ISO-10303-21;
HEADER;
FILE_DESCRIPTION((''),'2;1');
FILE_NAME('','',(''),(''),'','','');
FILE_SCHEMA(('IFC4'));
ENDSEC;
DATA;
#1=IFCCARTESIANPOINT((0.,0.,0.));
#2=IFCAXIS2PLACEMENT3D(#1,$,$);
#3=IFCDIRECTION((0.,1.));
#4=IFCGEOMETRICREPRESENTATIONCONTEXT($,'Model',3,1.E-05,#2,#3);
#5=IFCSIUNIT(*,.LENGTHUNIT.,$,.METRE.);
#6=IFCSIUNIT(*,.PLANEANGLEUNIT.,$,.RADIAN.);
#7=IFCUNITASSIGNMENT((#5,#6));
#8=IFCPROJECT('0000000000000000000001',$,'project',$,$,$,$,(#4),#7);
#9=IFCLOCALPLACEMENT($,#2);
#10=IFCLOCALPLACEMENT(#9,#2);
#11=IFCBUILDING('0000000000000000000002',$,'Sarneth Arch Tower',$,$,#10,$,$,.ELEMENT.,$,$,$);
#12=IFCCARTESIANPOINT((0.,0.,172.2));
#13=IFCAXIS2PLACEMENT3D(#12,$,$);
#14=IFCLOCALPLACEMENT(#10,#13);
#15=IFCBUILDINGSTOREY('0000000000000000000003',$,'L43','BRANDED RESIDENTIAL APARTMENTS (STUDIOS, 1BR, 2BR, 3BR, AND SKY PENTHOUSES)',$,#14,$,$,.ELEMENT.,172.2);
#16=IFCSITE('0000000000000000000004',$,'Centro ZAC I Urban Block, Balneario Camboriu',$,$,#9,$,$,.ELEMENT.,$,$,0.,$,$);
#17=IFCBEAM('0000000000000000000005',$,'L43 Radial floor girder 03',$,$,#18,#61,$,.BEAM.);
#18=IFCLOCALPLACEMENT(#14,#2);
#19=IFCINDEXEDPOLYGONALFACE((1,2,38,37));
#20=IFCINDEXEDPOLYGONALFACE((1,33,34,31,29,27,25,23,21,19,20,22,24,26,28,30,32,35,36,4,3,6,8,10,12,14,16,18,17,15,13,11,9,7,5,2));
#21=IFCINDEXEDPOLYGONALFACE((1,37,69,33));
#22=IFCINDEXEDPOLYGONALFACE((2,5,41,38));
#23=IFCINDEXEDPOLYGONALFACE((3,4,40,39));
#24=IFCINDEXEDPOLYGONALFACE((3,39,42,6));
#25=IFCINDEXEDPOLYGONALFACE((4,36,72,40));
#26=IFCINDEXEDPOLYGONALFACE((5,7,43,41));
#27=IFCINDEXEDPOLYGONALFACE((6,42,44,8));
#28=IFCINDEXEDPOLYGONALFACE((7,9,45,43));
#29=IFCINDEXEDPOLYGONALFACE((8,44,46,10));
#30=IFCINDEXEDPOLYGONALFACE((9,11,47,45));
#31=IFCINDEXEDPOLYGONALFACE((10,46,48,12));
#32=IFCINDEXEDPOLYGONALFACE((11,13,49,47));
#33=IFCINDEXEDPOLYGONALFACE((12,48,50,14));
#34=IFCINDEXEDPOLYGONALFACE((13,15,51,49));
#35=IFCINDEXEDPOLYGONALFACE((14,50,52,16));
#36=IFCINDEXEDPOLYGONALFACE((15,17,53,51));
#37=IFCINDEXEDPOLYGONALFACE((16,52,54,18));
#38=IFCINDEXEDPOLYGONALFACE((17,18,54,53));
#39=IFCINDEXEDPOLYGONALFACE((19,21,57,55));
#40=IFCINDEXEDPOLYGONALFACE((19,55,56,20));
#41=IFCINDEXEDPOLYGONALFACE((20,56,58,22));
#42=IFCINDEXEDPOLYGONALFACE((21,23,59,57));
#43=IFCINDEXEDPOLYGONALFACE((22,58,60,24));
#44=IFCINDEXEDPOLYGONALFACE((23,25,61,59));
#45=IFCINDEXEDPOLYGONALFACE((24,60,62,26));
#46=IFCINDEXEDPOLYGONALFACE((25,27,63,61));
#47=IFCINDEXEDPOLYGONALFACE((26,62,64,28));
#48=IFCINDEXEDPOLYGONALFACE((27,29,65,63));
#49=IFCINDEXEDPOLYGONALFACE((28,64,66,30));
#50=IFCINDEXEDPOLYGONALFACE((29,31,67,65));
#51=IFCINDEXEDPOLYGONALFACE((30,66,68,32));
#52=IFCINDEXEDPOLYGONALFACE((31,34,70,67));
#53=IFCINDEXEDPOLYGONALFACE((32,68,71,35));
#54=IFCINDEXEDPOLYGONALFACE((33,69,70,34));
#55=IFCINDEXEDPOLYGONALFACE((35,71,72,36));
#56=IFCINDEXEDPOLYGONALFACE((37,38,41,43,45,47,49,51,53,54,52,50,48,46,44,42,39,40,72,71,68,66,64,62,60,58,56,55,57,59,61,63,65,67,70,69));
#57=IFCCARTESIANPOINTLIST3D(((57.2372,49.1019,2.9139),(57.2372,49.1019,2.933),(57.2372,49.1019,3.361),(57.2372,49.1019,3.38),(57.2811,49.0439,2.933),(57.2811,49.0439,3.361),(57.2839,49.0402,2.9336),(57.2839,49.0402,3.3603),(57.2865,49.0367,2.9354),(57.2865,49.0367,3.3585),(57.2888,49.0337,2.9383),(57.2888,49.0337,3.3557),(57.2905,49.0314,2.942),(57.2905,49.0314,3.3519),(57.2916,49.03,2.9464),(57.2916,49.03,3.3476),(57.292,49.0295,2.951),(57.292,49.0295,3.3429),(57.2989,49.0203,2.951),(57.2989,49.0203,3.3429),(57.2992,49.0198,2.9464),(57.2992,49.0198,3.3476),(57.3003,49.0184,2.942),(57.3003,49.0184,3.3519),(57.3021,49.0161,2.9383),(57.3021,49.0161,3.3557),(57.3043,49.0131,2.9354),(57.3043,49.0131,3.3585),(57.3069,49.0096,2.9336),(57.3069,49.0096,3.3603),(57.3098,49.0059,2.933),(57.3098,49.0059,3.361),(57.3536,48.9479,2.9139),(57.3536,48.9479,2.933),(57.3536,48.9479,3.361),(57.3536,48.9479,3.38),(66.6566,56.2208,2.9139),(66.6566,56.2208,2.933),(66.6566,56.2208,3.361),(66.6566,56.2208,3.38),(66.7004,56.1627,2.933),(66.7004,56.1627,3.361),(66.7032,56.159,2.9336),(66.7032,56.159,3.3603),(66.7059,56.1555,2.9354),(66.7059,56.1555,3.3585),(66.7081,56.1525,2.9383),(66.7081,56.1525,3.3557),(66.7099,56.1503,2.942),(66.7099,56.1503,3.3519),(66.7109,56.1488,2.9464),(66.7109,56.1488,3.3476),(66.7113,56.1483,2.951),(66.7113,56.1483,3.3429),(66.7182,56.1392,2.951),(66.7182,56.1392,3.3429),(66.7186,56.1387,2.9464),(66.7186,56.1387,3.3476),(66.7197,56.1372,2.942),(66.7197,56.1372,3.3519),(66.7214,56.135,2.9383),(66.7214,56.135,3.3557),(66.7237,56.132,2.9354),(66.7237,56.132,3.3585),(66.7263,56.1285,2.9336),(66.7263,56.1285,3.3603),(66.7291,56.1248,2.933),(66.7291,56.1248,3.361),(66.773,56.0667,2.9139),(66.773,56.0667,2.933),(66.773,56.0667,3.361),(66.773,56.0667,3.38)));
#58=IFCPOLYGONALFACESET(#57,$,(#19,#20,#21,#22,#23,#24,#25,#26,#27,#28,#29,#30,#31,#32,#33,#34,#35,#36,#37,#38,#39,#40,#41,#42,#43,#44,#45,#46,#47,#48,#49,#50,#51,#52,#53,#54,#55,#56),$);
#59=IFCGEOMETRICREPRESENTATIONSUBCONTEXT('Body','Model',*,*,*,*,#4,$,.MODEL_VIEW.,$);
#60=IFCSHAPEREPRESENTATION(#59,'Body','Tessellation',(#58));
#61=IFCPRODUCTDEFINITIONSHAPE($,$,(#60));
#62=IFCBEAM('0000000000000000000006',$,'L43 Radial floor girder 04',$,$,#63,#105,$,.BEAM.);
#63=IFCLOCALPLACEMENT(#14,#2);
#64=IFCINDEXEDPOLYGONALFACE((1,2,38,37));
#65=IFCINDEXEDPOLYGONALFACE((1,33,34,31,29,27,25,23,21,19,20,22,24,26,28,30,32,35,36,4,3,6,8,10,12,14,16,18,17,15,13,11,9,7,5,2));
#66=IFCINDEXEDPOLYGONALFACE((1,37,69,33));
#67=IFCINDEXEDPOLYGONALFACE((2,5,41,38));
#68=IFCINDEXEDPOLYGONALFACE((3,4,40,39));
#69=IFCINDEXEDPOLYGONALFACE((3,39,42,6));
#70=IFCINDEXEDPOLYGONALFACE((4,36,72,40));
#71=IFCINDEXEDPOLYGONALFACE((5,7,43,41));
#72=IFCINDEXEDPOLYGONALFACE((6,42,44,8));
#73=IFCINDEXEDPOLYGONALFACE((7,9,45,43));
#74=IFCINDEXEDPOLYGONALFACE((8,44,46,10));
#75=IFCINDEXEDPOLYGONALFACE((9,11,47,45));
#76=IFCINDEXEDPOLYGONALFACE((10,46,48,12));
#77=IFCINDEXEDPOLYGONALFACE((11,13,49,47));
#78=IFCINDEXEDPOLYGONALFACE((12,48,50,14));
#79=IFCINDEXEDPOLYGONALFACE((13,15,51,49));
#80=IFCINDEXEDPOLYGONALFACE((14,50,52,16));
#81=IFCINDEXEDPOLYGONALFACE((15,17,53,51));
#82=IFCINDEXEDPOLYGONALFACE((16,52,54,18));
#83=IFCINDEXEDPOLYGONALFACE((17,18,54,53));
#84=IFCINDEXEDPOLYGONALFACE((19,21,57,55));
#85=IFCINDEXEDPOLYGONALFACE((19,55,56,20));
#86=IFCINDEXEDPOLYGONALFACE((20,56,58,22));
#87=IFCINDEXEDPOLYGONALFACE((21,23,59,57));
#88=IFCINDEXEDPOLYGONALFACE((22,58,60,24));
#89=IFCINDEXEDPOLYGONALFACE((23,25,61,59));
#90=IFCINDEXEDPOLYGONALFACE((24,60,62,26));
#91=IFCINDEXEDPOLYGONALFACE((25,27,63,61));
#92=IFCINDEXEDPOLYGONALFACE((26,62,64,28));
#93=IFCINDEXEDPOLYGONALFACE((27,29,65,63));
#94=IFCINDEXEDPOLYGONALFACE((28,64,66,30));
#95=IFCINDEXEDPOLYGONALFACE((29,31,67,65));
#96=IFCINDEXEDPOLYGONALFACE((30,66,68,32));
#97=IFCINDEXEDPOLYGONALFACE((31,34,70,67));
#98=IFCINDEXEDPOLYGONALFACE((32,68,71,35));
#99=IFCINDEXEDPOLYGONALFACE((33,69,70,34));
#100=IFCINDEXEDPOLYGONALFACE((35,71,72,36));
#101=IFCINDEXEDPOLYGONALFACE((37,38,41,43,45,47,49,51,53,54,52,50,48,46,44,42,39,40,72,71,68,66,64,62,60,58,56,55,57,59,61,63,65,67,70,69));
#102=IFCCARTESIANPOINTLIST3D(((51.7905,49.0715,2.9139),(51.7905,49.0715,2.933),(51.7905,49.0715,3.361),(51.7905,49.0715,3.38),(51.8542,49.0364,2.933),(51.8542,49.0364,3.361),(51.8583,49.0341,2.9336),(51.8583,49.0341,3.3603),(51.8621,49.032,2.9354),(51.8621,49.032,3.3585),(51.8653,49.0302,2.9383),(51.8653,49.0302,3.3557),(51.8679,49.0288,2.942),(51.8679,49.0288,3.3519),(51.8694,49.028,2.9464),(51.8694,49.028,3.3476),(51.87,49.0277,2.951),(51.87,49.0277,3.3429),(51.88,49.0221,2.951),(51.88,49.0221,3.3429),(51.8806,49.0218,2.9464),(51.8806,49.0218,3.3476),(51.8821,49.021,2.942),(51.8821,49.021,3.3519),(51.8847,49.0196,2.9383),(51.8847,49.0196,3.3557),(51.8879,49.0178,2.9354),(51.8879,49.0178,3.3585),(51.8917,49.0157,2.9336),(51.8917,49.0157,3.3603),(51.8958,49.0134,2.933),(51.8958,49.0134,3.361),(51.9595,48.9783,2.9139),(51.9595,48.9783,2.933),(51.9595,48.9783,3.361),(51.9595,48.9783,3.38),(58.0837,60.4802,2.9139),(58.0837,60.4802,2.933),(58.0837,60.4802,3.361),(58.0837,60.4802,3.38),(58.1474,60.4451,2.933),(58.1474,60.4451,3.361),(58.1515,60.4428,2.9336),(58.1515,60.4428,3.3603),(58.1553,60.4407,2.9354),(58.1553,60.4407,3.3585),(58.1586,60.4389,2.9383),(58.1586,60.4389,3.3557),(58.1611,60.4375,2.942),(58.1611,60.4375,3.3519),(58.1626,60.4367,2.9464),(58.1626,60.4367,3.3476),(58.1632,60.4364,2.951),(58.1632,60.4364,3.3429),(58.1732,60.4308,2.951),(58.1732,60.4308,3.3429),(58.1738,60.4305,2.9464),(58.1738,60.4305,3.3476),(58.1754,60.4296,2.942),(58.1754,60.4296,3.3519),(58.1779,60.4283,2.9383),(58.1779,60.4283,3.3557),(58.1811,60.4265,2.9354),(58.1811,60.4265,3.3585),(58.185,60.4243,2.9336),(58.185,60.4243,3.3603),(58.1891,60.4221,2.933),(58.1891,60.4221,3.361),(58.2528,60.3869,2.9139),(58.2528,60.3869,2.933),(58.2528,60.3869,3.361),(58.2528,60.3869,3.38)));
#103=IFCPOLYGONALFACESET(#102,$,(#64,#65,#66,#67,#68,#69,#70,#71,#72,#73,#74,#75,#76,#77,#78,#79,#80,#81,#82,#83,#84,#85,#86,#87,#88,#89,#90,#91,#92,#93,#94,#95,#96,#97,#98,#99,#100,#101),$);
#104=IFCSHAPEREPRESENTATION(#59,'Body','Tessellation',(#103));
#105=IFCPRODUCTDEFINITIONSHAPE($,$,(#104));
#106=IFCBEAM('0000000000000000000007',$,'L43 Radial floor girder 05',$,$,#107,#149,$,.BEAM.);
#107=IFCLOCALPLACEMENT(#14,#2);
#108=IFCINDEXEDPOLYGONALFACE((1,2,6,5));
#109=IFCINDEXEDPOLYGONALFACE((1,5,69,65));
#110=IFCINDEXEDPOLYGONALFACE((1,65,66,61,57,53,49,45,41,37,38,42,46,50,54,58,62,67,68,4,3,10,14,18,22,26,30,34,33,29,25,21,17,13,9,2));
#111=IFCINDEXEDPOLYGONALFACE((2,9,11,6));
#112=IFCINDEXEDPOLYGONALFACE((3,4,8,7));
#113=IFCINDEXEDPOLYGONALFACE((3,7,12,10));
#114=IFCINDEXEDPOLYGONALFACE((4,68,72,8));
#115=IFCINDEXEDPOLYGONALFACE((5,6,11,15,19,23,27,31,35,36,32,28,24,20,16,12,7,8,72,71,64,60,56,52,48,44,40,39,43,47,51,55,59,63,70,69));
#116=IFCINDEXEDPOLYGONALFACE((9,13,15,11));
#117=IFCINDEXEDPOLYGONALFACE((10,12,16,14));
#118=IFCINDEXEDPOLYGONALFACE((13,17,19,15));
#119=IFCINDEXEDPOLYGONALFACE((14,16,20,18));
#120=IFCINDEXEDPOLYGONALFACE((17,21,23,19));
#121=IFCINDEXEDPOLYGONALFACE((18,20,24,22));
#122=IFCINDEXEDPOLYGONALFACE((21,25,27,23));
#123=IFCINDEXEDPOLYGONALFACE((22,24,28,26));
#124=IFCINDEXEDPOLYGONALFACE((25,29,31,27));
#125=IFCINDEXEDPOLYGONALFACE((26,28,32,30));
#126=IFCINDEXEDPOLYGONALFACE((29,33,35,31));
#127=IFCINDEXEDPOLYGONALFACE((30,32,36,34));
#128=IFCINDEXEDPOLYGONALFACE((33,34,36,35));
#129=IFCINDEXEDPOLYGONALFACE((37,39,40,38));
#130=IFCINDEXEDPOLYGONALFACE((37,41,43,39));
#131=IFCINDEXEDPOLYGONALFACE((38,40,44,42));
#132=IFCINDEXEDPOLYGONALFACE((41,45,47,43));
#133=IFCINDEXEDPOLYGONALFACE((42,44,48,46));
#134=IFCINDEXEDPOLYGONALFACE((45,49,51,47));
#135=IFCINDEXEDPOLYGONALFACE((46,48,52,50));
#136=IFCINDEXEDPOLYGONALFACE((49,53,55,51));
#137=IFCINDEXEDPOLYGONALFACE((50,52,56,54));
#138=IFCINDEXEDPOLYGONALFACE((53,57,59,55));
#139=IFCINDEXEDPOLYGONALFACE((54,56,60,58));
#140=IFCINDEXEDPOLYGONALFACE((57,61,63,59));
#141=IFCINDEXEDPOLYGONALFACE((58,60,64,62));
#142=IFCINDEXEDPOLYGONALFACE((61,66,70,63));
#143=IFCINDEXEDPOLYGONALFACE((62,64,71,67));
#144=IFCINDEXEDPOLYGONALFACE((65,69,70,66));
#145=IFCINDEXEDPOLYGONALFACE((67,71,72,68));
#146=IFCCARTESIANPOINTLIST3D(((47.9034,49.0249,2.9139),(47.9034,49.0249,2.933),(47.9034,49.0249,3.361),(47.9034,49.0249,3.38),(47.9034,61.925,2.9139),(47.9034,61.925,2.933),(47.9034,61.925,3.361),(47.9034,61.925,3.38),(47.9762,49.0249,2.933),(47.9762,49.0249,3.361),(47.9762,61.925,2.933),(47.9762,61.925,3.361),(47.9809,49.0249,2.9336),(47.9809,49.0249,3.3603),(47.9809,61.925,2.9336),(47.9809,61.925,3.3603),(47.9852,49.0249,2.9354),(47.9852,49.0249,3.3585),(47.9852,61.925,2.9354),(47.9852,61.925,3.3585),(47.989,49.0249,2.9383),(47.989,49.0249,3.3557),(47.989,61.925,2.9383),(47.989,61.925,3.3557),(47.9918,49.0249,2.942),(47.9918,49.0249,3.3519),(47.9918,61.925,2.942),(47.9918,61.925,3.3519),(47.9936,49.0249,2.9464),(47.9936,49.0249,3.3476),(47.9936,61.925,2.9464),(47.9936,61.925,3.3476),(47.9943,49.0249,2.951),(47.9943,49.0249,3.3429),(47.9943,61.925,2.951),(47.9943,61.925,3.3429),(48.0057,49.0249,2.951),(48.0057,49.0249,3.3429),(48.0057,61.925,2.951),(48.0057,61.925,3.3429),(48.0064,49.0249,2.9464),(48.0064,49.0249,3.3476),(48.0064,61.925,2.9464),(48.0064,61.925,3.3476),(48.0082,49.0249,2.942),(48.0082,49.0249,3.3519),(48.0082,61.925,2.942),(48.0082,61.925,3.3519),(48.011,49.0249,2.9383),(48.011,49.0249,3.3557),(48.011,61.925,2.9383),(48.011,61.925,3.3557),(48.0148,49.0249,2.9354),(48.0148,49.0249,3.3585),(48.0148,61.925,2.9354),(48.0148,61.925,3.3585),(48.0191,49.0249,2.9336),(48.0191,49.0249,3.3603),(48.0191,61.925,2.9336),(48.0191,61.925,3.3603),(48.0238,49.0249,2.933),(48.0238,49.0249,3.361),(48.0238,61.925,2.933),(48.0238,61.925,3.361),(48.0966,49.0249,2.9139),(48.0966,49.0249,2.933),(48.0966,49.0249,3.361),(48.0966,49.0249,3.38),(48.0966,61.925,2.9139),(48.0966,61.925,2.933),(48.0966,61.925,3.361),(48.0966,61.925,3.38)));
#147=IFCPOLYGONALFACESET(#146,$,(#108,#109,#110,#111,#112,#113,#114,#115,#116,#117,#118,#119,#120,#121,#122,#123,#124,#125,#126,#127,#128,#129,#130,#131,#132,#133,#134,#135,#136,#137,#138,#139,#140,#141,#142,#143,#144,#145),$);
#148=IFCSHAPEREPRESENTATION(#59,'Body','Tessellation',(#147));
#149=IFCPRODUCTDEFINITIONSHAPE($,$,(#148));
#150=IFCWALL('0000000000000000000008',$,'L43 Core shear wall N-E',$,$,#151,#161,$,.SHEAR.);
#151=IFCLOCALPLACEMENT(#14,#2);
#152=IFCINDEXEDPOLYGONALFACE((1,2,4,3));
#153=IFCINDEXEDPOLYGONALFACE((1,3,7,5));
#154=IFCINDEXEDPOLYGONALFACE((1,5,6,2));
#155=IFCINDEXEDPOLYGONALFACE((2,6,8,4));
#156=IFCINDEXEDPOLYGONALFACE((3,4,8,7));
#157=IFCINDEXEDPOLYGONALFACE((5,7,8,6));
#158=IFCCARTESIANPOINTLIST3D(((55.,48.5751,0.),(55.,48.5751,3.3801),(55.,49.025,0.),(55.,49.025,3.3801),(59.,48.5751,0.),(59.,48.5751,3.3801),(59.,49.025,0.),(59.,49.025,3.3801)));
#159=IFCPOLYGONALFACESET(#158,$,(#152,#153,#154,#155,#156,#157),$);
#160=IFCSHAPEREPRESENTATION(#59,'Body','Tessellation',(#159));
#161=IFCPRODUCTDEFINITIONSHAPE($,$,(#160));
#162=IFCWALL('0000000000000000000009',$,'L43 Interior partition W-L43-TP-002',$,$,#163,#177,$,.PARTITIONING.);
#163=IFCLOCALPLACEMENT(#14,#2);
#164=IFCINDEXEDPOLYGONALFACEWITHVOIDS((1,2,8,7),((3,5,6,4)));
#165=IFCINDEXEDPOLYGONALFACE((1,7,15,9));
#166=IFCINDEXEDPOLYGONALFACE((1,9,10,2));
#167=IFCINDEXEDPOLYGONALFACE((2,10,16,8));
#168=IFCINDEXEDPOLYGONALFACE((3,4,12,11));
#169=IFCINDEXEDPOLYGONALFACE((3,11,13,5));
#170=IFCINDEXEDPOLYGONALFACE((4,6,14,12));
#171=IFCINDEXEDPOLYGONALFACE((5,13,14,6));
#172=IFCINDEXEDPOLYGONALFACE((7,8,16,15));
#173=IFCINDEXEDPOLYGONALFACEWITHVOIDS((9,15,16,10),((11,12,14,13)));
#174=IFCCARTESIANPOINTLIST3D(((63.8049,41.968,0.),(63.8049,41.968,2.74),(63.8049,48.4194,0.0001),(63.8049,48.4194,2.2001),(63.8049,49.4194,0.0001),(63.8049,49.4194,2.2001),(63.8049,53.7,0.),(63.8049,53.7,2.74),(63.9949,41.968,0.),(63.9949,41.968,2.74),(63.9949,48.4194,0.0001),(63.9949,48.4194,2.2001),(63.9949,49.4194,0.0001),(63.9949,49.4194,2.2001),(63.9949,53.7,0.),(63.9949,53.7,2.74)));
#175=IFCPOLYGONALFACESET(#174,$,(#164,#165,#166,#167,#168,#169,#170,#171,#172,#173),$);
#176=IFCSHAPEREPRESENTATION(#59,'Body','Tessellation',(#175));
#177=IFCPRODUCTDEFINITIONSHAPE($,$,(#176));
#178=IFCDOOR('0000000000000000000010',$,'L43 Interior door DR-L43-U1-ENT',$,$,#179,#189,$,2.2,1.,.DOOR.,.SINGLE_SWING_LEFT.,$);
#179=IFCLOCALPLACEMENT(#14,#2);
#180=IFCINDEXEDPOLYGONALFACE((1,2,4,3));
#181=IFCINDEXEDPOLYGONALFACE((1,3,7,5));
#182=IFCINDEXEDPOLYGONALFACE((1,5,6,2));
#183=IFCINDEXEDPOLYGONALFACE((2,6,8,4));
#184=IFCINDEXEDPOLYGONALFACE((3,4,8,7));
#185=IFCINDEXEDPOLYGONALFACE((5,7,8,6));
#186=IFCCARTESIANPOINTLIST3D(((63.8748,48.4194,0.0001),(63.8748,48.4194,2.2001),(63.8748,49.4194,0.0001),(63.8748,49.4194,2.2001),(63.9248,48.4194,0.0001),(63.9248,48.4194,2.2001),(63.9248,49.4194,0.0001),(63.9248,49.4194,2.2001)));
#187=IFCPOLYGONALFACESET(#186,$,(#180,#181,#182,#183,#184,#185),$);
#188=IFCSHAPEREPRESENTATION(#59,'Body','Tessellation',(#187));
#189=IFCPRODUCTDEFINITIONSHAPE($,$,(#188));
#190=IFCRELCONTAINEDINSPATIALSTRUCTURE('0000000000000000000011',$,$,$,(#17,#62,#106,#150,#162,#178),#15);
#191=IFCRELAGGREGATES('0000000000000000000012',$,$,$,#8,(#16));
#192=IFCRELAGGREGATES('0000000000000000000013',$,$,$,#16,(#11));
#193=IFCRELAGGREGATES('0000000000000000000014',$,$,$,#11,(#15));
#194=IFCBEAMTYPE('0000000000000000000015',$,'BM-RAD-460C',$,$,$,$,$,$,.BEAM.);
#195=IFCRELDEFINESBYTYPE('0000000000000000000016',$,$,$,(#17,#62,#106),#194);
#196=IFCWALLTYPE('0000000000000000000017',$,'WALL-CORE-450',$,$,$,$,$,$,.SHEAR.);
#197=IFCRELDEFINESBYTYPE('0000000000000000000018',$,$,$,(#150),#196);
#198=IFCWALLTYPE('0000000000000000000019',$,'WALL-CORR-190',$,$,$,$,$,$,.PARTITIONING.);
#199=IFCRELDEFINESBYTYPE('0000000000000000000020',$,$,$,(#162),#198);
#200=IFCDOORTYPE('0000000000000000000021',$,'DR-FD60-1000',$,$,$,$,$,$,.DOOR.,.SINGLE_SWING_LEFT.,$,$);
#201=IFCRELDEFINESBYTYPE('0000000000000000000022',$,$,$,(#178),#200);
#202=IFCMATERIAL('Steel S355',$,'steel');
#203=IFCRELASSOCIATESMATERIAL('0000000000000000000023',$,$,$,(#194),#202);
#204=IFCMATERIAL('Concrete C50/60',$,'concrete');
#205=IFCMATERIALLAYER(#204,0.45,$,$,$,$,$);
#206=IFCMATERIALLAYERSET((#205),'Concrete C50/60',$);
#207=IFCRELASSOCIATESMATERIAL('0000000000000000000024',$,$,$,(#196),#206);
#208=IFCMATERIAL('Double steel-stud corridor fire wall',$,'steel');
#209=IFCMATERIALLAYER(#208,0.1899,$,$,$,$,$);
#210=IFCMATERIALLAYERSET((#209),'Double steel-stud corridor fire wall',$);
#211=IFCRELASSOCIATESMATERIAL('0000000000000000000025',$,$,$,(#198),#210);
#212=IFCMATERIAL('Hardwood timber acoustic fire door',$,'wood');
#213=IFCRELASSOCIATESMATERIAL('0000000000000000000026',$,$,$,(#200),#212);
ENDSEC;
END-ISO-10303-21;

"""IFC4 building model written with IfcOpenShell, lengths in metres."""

from ifc_helpers import new_model, si_unit, direction, frame, frame_2d, origin, origin_2d, place, context, subcontext, project, spatial, rectangle, i_section, extrude, material, layer, layer_set, material_profile, profile_set, type_object, element, fill, save


model = new_model("IFC4")

# Units and contexts
model_context = context("Model", 3, precision=1e-05, world=origin(), true_north=direction((0.0, 1.0)))
body_context = subcontext(model_context, "Body", "Model", "MODEL_VIEW")
ifc_project = project(units=[si_unit("LENGTHUNIT", "METRE"), si_unit("PLANEANGLEUNIT", "RADIAN")], contexts=[model_context])

# Site, building, storey
site_placement = place(None, origin())
site = spatial("IfcSite", under=ifc_project, at=site_placement, Name="Centro ZAC I Urban Block, Balneario Camboriu", CompositionType="ELEMENT", RefElevation=0.0)
building_placement = place(site_placement, origin())
building = spatial("IfcBuilding", under=site, at=building_placement, Name="Sarneth Arch Tower", CompositionType="ELEMENT")
storey_placement = place(building_placement, frame((0.0, 0.0, 172.2)))
storey = spatial("IfcBuildingStorey", under=building, at=storey_placement, Name="L43", Description="BRANDED RESIDENTIAL APARTMENTS (STUDIOS, 1BR, 2BR, 3BR, AND SKY PENTHOUSES)", CompositionType="ELEMENT", Elevation=172.2)

# Beams
ifc_material_1 = material(Name="Steel S355", Category="steel")
ifc_material_profile_1 = material_profile(ifc_material_1, i_section(OverallWidth=0.1931, OverallDepth=0.4661, WebThickness=0.0115, FlangeThickness=0.019, FilletRadius=0.0181, at=origin_2d()), Name="W460x97")
ifc_profile_set_1 = profile_set([ifc_material_profile_1], Name="Steel S355")
beam_type_1 = type_object("IfcBeamType", Name="BM-RAD-460C", PredefinedType="BEAM", material=ifc_profile_set_1)
beam_1_placement = place(storey_placement, frame((57.2954, 49.0249, 3.147), z_axis=(0.797786, 0.60294, 0.0), x_axis=(-0.60294, 0.797786, 0.0)))
element("IfcBeam", 1, at=beam_1_placement, inside=storey, type_object=beam_type_1, Name="L43 Radial floor girder 03", PredefinedType="BEAM", context=body_context, shape_type="SweptSolid", body=[
    extrude(i_section(OverallWidth=0.1931, OverallDepth=0.4661, WebThickness=0.0115, FlangeThickness=0.019, FilletRadius=0.0181, at=origin_2d()), origin(), (0.0, 0.0, 1.0), 11.8069),
])
beam_2_placement = place(storey_placement, frame((51.875, 49.0249, 3.147), z_axis=(0.483005, 0.875618, 0.0), x_axis=(-0.875618, 0.483005, 0.0)))
element("IfcBeam", 2, at=beam_2_placement, inside=storey, type_object=beam_type_1, Name="L43 Radial floor girder 04", PredefinedType="BEAM", context=body_context, shape_type="SweptSolid", body=[
    extrude(i_section(OverallWidth=0.1931, OverallDepth=0.4661, WebThickness=0.0115, FlangeThickness=0.019, FilletRadius=0.0181, at=origin_2d()), origin(), (0.0, 0.0, 1.0), 13.0293),
])
beam_3_placement = place(storey_placement, frame((48.0, 49.0249, 3.147), z_axis=(0.0, 1.0, 0.0), x_axis=(-1.0, 0.0, 0.0)))
element("IfcBeam", 3, at=beam_3_placement, inside=storey, type_object=beam_type_1, Name="L43 Radial floor girder 05", PredefinedType="BEAM", context=body_context, shape_type="SweptSolid", body=[
    extrude(i_section(OverallWidth=0.1931, OverallDepth=0.4661, WebThickness=0.0115, FlangeThickness=0.019, FilletRadius=0.0181, at=origin_2d()), origin(), (0.0, 0.0, 1.0), 12.9001),
])

# Wall
ifc_material_2 = material(Name="Concrete C50/60", Category="concrete")
ifc_layer_1 = layer(ifc_material_2, 0.45)
ifc_layer_set_1 = layer_set([ifc_layer_1], Name="Concrete C50/60")
wall_type_1 = type_object("IfcWallType", Name="WALL-CORE-450", PredefinedType="SHEAR", material=ifc_layer_set_1)
wall_1_placement = place(storey_placement, frame((55.0, 48.8, 0.0), z_axis=(0.0, 0.0, 1.0), x_axis=(1.0, 0.0, 0.0)))
element("IfcWall", 4, at=wall_1_placement, inside=storey, type_object=wall_type_1, Name="L43 Core shear wall N-E", PredefinedType="SHEAR", context=body_context, shape_type="SweptSolid", body=[
    extrude(rectangle(XDim=4.0, YDim=0.45, at=frame_2d((2.0, 0.0))), origin(), (0.0, 0.0, 1.0), 3.3801),
])

# Wall, opening, door
ifc_material_3 = material(Name="Double steel-stud corridor fire wall", Category="steel")
ifc_layer_2 = layer(ifc_material_3, 0.1899)
ifc_layer_set_2 = layer_set([ifc_layer_2], Name="Double steel-stud corridor fire wall")
wall_type_2 = type_object("IfcWallType", Name="WALL-CORR-190", PredefinedType="PARTITIONING", material=ifc_layer_set_2)
wall_2_placement = place(storey_placement, frame((63.8999, 53.7, 0.0), z_axis=(0.0, 0.0, 1.0), x_axis=(0.0, -1.0, 0.0)))
wall_2 = element("IfcWall", 5, at=wall_2_placement, inside=storey, type_object=wall_type_2, Name="L43 Interior partition W-L43-TP-002", PredefinedType="PARTITIONING", context=body_context, shape_type="SweptSolid", body=[
    extrude(rectangle(XDim=11.7319, YDim=0.1899, at=frame_2d((5.866, 0.0))), origin(), (0.0, 0.0, 1.0), 2.74),
])
opening_1_placement = place(wall_2_placement, frame((4.2805, 0.0, 0.0)))
opening_1 = element("IfcOpeningElement", 6, at=opening_1_placement, cuts=wall_2, PredefinedType="OPENING", context=body_context, shape_type="SweptSolid", body=[
    extrude(rectangle(XDim=1.0, YDim=2.2, at=frame_2d((0.5, 1.1001))), frame((0.0, 0.105, 0.0), z_axis=(0.0, -1.0, 0.0), x_axis=(1.0, 0.0, 0.0)), (0.0, 0.0, 1.0), 0.21),
])
ifc_material_4 = material(Name="Hardwood timber acoustic fire door", Category="wood")
door_type_1 = type_object("IfcDoorType", Name="DR-FD60-1000", OperationType="SINGLE_SWING_LEFT", PredefinedType="DOOR", material=ifc_material_4)
door_1_placement = place(opening_1_placement, origin())
door_1 = element("IfcDoor", 7, at=door_1_placement, inside=storey, type_object=door_type_1, Name="L43 Interior door DR-L43-U1-ENT", OperationType="SINGLE_SWING_LEFT", OverallHeight=2.2, OverallWidth=1.0, PredefinedType="DOOR", context=body_context, shape_type="SweptSolid", body=[
    extrude(rectangle(XDim=1.0, YDim=2.2, at=frame_2d((0.5, 1.1001))), frame((0.0, 0.0249, 0.0), z_axis=(0.0, -1.0, 0.0), x_axis=(1.0, 0.0, 0.0)), (0.0, 0.0, 1.0), 0.05),
])
fill(opening_1, door_1)

save(model, "model.ifc")
